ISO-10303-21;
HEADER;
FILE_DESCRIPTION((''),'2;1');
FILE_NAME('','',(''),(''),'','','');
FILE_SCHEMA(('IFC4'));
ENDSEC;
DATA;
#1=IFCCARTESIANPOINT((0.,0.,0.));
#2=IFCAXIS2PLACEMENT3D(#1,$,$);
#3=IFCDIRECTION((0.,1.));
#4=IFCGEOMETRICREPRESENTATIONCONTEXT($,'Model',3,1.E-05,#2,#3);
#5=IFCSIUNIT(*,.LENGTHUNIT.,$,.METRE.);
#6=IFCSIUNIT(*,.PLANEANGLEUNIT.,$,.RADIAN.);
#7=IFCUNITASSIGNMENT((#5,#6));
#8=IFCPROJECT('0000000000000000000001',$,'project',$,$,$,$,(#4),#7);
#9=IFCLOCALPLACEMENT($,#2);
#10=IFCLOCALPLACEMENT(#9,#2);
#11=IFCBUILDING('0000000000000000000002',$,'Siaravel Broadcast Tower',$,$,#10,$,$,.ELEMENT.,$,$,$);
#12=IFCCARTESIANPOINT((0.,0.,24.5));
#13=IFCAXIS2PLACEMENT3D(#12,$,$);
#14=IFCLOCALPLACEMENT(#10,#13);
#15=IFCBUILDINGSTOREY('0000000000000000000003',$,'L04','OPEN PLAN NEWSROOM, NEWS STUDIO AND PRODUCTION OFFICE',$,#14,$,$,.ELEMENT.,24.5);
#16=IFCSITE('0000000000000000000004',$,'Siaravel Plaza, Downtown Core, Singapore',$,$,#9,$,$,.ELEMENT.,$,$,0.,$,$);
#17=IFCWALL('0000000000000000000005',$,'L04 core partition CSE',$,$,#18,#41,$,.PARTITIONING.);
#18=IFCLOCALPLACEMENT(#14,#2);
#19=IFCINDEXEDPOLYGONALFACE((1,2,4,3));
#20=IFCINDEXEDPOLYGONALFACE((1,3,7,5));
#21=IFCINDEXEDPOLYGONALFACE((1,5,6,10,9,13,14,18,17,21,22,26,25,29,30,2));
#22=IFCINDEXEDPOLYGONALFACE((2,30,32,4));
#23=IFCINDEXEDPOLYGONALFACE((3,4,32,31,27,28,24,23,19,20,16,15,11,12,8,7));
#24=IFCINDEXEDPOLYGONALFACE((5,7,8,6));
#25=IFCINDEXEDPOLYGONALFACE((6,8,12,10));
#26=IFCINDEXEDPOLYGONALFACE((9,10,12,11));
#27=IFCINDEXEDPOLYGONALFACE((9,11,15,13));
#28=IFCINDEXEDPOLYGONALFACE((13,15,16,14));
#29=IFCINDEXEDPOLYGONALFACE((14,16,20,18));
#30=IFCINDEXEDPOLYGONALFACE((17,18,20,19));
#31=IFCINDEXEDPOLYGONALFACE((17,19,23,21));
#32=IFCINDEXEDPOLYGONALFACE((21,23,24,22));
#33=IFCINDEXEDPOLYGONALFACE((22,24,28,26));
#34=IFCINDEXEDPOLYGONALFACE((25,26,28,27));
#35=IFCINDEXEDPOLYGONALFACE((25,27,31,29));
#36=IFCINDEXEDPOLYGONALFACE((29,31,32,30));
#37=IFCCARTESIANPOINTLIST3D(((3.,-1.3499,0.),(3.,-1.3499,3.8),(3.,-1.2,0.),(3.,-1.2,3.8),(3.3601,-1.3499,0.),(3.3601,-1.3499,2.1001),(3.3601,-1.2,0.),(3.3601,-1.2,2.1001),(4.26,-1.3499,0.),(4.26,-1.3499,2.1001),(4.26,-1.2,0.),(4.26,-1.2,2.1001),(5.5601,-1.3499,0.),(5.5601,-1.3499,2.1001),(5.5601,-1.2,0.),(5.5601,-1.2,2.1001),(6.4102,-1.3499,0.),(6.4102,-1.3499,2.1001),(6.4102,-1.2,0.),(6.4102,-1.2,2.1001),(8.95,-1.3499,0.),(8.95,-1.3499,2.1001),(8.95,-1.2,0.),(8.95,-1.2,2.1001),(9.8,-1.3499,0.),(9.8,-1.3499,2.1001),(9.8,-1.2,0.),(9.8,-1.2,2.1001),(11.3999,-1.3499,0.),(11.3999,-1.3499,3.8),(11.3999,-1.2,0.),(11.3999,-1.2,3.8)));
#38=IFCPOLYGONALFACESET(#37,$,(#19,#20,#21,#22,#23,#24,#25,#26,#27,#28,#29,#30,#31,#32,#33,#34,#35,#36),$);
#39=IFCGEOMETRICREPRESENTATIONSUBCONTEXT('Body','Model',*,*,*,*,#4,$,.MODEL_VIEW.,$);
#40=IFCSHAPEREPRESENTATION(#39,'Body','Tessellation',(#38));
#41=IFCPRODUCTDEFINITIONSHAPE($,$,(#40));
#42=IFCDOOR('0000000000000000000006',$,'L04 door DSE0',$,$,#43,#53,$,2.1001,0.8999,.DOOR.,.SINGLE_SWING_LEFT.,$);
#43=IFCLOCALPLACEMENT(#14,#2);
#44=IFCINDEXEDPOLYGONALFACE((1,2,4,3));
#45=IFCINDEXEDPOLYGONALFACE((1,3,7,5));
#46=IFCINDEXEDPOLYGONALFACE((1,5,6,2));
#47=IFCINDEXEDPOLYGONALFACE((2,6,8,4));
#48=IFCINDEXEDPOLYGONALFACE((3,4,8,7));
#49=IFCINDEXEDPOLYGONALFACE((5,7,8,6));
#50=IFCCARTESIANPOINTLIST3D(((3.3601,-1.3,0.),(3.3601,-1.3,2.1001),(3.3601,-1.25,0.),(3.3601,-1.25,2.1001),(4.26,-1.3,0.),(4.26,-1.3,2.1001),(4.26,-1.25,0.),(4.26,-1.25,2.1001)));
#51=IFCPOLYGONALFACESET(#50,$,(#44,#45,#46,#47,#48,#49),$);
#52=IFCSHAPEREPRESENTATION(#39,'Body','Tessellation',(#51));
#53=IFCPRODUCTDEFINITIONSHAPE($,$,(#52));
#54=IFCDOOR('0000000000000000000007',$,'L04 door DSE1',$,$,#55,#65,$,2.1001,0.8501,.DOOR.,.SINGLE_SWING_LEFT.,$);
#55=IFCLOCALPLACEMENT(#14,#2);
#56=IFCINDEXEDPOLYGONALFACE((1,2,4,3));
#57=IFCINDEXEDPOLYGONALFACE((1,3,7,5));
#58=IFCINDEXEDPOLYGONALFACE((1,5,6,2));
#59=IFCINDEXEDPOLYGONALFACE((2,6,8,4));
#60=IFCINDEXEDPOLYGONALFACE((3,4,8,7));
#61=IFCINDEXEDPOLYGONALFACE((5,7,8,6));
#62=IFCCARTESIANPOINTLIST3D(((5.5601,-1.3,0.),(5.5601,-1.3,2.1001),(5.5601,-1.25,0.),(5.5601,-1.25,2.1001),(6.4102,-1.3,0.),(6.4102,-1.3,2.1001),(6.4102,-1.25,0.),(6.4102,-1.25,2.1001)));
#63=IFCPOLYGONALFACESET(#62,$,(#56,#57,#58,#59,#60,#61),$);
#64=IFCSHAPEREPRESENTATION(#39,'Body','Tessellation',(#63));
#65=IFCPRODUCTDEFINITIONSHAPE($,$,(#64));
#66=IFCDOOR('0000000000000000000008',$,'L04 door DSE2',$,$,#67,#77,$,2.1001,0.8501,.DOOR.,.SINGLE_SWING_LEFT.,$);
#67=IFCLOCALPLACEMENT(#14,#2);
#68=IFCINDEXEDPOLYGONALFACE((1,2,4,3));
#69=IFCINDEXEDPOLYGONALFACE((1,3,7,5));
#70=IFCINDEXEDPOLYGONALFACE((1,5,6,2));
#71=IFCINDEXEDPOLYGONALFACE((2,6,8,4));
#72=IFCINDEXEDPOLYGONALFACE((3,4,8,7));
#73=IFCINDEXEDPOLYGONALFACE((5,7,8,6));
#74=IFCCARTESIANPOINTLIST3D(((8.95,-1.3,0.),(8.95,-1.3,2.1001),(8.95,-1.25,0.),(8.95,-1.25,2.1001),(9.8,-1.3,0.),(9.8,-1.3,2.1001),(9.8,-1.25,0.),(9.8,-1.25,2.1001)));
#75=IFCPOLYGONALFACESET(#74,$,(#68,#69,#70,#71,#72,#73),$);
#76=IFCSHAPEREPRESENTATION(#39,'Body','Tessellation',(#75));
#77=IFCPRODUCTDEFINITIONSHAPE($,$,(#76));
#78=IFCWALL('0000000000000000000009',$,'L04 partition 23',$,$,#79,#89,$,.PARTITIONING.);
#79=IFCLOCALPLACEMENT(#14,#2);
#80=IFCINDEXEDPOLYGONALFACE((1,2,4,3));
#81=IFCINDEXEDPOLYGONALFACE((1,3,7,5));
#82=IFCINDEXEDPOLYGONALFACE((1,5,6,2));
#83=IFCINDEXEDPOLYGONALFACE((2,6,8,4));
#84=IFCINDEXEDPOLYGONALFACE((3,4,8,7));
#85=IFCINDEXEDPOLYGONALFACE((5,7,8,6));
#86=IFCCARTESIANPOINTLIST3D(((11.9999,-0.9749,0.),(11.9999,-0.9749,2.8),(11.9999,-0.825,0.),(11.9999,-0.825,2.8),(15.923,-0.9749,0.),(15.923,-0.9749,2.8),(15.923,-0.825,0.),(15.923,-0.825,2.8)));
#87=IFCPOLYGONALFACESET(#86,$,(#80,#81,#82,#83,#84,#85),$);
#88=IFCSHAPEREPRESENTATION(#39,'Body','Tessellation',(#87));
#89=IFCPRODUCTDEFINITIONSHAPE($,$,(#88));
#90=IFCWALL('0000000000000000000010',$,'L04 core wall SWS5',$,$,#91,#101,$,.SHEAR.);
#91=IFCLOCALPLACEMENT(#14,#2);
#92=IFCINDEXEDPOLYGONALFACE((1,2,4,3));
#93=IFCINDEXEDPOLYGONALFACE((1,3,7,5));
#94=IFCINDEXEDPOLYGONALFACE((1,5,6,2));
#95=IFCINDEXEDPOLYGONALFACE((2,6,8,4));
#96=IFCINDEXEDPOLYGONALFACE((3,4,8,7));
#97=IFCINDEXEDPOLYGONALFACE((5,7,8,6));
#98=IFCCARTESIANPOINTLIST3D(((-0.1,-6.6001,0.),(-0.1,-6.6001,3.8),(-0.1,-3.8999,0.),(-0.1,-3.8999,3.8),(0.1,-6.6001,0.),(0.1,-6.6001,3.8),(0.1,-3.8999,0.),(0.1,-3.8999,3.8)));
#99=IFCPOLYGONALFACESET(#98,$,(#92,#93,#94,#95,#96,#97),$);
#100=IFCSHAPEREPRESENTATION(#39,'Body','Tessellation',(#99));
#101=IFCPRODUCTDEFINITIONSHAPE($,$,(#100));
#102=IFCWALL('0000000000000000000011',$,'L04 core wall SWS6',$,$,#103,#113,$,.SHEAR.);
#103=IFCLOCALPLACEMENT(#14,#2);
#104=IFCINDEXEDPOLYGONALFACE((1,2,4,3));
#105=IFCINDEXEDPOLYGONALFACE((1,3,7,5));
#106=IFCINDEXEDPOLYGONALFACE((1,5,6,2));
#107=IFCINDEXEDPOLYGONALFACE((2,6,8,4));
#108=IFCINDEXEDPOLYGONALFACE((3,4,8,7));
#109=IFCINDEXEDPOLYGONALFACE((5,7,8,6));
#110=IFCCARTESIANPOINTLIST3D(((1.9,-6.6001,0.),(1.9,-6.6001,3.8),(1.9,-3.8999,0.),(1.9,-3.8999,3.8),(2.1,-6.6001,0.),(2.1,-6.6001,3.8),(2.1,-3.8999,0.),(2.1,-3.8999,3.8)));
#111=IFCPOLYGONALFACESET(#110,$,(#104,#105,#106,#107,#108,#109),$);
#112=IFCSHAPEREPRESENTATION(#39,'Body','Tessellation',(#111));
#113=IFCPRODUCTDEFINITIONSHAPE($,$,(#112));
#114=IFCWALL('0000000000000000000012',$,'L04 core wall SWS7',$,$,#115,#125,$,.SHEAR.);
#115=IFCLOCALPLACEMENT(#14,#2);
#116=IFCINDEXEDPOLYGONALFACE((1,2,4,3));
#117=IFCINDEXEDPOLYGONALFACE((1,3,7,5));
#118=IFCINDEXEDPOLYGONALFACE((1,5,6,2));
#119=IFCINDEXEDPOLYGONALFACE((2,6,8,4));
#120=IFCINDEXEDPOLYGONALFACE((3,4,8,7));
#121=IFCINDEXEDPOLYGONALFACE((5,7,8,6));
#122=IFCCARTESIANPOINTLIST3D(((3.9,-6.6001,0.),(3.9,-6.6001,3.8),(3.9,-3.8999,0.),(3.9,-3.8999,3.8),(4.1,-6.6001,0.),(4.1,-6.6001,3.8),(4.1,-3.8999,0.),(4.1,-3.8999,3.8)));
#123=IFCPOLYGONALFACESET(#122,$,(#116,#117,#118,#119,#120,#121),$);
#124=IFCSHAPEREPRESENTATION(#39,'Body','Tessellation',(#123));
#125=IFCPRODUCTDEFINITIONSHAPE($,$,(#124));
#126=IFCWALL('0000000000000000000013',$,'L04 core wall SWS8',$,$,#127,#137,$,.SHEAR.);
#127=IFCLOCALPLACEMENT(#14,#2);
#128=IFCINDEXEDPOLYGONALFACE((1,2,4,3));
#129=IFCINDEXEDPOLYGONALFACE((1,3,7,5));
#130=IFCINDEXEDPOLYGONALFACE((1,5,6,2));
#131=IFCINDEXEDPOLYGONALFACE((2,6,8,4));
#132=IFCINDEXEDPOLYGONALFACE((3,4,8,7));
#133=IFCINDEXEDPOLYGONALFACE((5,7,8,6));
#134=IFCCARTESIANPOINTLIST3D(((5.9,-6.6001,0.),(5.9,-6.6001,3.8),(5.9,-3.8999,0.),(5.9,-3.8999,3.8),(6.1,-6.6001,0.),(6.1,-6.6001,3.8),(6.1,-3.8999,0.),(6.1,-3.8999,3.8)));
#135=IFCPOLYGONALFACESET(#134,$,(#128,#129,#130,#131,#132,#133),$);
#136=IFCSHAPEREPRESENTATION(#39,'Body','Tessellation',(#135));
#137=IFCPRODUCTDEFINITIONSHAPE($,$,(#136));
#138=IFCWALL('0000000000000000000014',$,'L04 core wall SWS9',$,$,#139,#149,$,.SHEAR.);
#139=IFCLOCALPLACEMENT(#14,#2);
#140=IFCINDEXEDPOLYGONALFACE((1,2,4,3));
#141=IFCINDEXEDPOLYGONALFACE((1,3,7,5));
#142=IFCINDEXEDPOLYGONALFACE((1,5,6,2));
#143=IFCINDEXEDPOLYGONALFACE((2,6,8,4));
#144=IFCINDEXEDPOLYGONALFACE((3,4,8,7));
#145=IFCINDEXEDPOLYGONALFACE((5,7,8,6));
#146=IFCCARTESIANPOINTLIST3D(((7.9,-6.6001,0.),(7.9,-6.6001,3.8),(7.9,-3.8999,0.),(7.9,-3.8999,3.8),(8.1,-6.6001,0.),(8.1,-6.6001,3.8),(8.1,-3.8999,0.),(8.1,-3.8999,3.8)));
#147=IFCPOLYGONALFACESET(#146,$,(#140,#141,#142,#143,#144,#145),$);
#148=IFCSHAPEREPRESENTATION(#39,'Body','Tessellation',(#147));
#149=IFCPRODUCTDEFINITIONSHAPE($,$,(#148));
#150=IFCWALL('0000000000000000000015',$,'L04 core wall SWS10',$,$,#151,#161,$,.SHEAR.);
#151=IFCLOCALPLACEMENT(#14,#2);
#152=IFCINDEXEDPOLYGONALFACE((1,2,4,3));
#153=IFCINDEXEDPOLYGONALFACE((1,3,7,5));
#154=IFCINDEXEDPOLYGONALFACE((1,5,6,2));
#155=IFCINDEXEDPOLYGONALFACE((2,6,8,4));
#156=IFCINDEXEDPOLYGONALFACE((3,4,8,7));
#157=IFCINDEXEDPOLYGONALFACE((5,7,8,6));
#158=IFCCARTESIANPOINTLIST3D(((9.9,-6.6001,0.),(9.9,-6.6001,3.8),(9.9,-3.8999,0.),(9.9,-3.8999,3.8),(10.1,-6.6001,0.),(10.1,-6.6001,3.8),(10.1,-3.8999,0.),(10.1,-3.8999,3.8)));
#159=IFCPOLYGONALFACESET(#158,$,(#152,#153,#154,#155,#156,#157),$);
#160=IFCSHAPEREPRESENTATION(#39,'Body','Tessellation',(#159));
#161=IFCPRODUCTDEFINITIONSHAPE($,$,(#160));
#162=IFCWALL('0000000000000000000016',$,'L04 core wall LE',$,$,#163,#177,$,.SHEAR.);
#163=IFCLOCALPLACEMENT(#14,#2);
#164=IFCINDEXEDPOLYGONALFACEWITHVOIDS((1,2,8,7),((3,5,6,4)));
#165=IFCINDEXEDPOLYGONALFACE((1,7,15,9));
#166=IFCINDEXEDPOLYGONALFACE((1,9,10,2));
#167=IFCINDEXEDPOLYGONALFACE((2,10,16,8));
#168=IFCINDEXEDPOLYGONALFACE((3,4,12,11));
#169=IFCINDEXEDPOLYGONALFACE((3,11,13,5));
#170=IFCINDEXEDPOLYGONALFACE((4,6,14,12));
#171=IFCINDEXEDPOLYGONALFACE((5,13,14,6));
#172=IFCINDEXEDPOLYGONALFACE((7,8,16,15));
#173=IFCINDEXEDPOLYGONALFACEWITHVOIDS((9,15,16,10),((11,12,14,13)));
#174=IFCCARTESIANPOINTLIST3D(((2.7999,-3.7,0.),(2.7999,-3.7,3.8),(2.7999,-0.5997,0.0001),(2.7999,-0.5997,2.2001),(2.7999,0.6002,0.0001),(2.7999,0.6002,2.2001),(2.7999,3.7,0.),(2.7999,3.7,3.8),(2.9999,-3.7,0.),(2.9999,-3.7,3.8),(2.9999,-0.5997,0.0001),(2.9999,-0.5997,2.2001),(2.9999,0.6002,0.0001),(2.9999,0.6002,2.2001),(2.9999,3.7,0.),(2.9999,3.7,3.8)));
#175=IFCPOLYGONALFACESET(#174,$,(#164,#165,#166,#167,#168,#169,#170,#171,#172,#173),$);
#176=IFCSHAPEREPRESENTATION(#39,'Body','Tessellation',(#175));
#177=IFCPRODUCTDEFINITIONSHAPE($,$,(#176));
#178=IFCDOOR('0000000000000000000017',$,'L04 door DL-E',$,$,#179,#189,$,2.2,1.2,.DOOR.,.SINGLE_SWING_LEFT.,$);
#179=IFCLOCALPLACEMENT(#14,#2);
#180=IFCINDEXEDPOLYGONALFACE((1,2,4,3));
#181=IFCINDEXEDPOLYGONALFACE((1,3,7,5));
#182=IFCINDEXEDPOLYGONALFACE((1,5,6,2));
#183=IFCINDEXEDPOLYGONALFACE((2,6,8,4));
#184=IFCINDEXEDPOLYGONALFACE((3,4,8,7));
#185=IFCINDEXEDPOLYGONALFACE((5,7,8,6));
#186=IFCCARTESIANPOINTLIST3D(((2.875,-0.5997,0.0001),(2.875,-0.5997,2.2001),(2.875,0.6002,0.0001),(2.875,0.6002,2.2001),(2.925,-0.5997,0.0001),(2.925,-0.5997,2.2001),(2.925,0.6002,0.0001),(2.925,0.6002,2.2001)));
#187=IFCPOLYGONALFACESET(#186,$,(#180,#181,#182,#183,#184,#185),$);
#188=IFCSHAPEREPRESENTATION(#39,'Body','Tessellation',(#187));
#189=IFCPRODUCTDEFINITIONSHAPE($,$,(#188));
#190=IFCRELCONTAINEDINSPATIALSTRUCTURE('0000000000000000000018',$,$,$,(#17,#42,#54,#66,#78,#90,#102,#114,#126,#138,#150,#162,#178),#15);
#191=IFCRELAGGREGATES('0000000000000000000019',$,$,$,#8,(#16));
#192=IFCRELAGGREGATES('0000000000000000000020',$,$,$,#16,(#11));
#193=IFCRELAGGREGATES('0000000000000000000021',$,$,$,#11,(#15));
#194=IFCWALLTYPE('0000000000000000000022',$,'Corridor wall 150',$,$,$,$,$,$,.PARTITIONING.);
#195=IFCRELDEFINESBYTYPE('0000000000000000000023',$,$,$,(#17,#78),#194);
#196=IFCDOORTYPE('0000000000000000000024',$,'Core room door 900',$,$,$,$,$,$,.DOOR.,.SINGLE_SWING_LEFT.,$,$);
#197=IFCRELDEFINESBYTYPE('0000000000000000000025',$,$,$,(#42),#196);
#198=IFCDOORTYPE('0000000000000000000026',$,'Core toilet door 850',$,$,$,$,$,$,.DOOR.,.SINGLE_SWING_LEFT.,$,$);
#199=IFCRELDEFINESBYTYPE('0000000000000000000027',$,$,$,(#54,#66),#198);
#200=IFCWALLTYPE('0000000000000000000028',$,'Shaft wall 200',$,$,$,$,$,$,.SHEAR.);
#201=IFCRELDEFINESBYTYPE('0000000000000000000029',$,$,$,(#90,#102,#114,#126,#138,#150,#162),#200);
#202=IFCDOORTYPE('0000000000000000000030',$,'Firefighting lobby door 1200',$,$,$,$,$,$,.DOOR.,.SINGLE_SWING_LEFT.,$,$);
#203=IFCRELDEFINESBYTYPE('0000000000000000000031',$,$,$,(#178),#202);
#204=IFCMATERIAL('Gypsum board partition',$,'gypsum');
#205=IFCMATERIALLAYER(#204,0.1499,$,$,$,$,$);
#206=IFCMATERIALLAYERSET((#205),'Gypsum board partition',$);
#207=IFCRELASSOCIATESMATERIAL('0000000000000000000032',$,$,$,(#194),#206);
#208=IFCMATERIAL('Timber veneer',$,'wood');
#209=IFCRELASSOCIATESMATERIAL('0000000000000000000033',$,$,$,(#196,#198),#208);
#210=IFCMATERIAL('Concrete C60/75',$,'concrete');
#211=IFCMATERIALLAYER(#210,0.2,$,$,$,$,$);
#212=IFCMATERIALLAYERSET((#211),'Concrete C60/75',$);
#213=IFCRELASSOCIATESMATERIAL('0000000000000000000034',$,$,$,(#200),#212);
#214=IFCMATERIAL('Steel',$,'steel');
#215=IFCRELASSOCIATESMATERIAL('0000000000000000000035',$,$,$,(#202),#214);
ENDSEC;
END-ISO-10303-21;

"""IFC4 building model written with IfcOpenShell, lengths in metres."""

from ifc_helpers import new_model, si_unit, direction, frame, frame_2d, origin, place, context, subcontext, project, spatial, rectangle, extrude, material, layer, layer_set, type_object, element, fill, save


model = new_model("IFC4")

# Units and contexts
model_context = context("Model", 3, precision=1e-05, world=origin(), true_north=direction((0.0, 1.0)))
body_context = subcontext(model_context, "Body", "Model", "MODEL_VIEW")
ifc_project = project(units=[si_unit("LENGTHUNIT", "METRE"), si_unit("PLANEANGLEUNIT", "RADIAN")], contexts=[model_context])

# Site, building, storey
site_placement = place(None, origin())
site = spatial("IfcSite", under=ifc_project, at=site_placement, Name="Siaravel Plaza, Downtown Core, Singapore", CompositionType="ELEMENT", RefElevation=0.0)
building_placement = place(site_placement, origin())
building = spatial("IfcBuilding", under=site, at=building_placement, Name="Siaravel Broadcast Tower", CompositionType="ELEMENT")
storey_placement = place(building_placement, frame((0.0, 0.0, 24.5)))
storey = spatial("IfcBuildingStorey", under=building, at=storey_placement, Name="L04", Description="OPEN PLAN NEWSROOM, NEWS STUDIO AND PRODUCTION OFFICE", CompositionType="ELEMENT", Elevation=24.5)

# Shared definitions
ifc_material_1 = material(Name="Concrete C60/75", Category="concrete")
ifc_material_2 = material(Name="Steel", Category="steel")

# Wall, openings, doors
ifc_material_3 = material(Name="Gypsum board partition", Category="gypsum")
ifc_layer_1 = layer(ifc_material_3, 0.1499)
ifc_layer_set_1 = layer_set([ifc_layer_1], Name="Gypsum board partition")
wall_type_1 = type_object("IfcWallType", Name="Corridor wall 150", PredefinedType="PARTITIONING", material=ifc_layer_set_1)
wall_1_placement = place(storey_placement, frame((3.0, -1.2749, 0.0), z_axis=(0.0, 0.0, 1.0), x_axis=(1.0, 0.0, 0.0)))
wall_1 = element("IfcWall", 1, at=wall_1_placement, inside=storey, type_object=wall_type_1, Name="L04 core partition CSE", PredefinedType="PARTITIONING", context=body_context, shape_type="SweptSolid", body=[
    extrude(rectangle(XDim=8.3999, YDim=0.1499, at=frame_2d((4.2, 0.0))), origin(), (0.0, 0.0, 1.0), 3.8),
])
opening_1_placement = place(wall_1_placement, frame((0.3601, 0.0, 0.0)))
opening_1 = element("IfcOpeningElement", 2, at=opening_1_placement, cuts=wall_1, PredefinedType="OPENING", context=body_context, shape_type="SweptSolid", body=[
    extrude(rectangle(XDim=0.8999, YDim=2.1001, at=frame_2d((0.45, 1.05))), frame((0.0, 0.085, 0.0), z_axis=(0.0, -1.0, 0.0), x_axis=(1.0, 0.0, 0.0)), (0.0, 0.0, 1.0), 0.1699),
])
opening_2_placement = place(wall_1_placement, frame((2.5601, 0.0, 0.0)))
opening_2 = element("IfcOpeningElement", 3, at=opening_2_placement, cuts=wall_1, PredefinedType="OPENING", context=body_context, shape_type="SweptSolid", body=[
    extrude(rectangle(XDim=0.8501, YDim=2.1001, at=frame_2d((0.425, 1.05))), frame((0.0, 0.085, 0.0), z_axis=(0.0, -1.0, 0.0), x_axis=(1.0, 0.0, 0.0)), (0.0, 0.0, 1.0), 0.1699),
])
opening_3_placement = place(wall_1_placement, frame((5.95, 0.0, 0.0)))
opening_3 = element("IfcOpeningElement", 4, at=opening_3_placement, cuts=wall_1, PredefinedType="OPENING", context=body_context, shape_type="SweptSolid", body=[
    extrude(rectangle(XDim=0.8501, YDim=2.1001, at=frame_2d((0.425, 1.05))), frame((0.0, 0.085, 0.0), z_axis=(0.0, -1.0, 0.0), x_axis=(1.0, 0.0, 0.0)), (0.0, 0.0, 1.0), 0.1699),
])
ifc_material_4 = material(Name="Timber veneer", Category="wood")
door_type_1 = type_object("IfcDoorType", Name="Core room door 900", OperationType="SINGLE_SWING_LEFT", PredefinedType="DOOR", material=ifc_material_4)
door_1_placement = place(opening_1_placement, origin())
door_1 = element("IfcDoor", 5, at=door_1_placement, inside=storey, type_object=door_type_1, Name="L04 door DSE0", OperationType="SINGLE_SWING_LEFT", OverallHeight=2.1001, OverallWidth=0.8999, PredefinedType="DOOR", context=body_context, shape_type="SweptSolid", body=[
    extrude(rectangle(XDim=0.8999, YDim=2.1001, at=frame_2d((0.45, 1.05))), frame((0.0, 0.0249, 0.0), z_axis=(0.0, -1.0, 0.0), x_axis=(1.0, 0.0, 0.0)), (0.0, 0.0, 1.0), 0.05),
])
fill(opening_1, door_1)
door_type_2 = type_object("IfcDoorType", Name="Core toilet door 850", OperationType="SINGLE_SWING_LEFT", PredefinedType="DOOR", material=ifc_material_4)
door_2_placement = place(opening_2_placement, origin())
door_2 = element("IfcDoor", 6, at=door_2_placement, inside=storey, type_object=door_type_2, Name="L04 door DSE1", OperationType="SINGLE_SWING_LEFT", OverallHeight=2.1001, OverallWidth=0.8501, PredefinedType="DOOR", context=body_context, shape_type="SweptSolid", body=[
    extrude(rectangle(XDim=0.8501, YDim=2.1001, at=frame_2d((0.425, 1.05))), frame((0.0, 0.0249, 0.0), z_axis=(0.0, -1.0, 0.0), x_axis=(1.0, 0.0, 0.0)), (0.0, 0.0, 1.0), 0.05),
])
fill(opening_2, door_2)
door_3_placement = place(opening_3_placement, origin())
door_3 = element("IfcDoor", 7, at=door_3_placement, inside=storey, type_object=door_type_2, Name="L04 door DSE2", OperationType="SINGLE_SWING_LEFT", OverallHeight=2.1001, OverallWidth=0.8501, PredefinedType="DOOR", context=body_context, shape_type="SweptSolid", body=[
    extrude(rectangle(XDim=0.8501, YDim=2.1001, at=frame_2d((0.425, 1.05))), frame((0.0, 0.0249, 0.0), z_axis=(0.0, -1.0, 0.0), x_axis=(1.0, 0.0, 0.0)), (0.0, 0.0, 1.0), 0.05),
])
fill(opening_3, door_3)

# Walls
wall_2_placement = place(storey_placement, frame((12.0, -0.8999, 0.0), z_axis=(0.0, 0.0, 1.0), x_axis=(1.0, 0.0, 0.0)))
element("IfcWall", 8, at=wall_2_placement, inside=storey, type_object=wall_type_1, Name="L04 partition 23", PredefinedType="PARTITIONING", context=body_context, shape_type="SweptSolid", body=[
    extrude(rectangle(XDim=3.9231, YDim=0.1499, at=frame_2d((1.9614, 0.0))), origin(), (0.0, 0.0, 1.0), 2.8),
])
ifc_layer_2 = layer(ifc_material_1, 0.2)
ifc_layer_set_2 = layer_set([ifc_layer_2], Name="Concrete C60/75")
wall_type_2 = type_object("IfcWallType", Name="Shaft wall 200", PredefinedType="SHEAR", material=ifc_layer_set_2)
for number, where, z_axis, x_axis, name in (
    (9, (0.0, -6.6001, 0.0), (0.0, 0.0, 1.0), (0.0, 1.0, 0.0), "L04 core wall SWS5"),
    (10, (2.0, -6.6001, 0.0), (0.0, 0.0, 1.0), (0.0, 1.0, 0.0), "L04 core wall SWS6"),
    (11, (4.0, -6.6001, 0.0), (0.0, 0.0, 1.0), (0.0, 1.0, 0.0), "L04 core wall SWS7"),
    (12, (6.0, -6.6001, 0.0), (0.0, 0.0, 1.0), (0.0, 1.0, 0.0), "L04 core wall SWS8"),
    (13, (8.0, -6.6001, 0.0), (0.0, 0.0, 1.0), (0.0, 1.0, 0.0), "L04 core wall SWS9"),
    (14, (10.0, -6.6001, 0.0), (0.0, 0.0, 1.0), (0.0, 1.0, 0.0), "L04 core wall SWS10"),
):
    element("IfcWall", number, at=place(storey_placement, frame(where, z_axis=z_axis, x_axis=x_axis)), inside=storey, type_object=wall_type_2, Name=name, PredefinedType="SHEAR", context=body_context, shape_type="SweptSolid", body=[
        extrude(rectangle(XDim=2.7002, YDim=0.2, at=frame_2d((1.3501, 0.0))), origin(), (0.0, 0.0, 1.0), 3.8),
    ])

# Wall, opening, door
wall_3_placement = place(storey_placement, frame((2.8999, -3.7, 0.0), z_axis=(0.0, 0.0, 1.0), x_axis=(0.0, 1.0, 0.0)))
wall_3 = element("IfcWall", 15, at=wall_3_placement, inside=storey, type_object=wall_type_2, Name="L04 core wall LE", PredefinedType="SHEAR", context=body_context, shape_type="SweptSolid", body=[
    extrude(rectangle(XDim=7.3999, YDim=0.2, at=frame_2d((3.7, 0.0))), origin(), (0.0, 0.0, 1.0), 3.8),
])
opening_4_placement = place(wall_3_placement, frame((3.1001, 0.0, 0.0)))
opening_4 = element("IfcOpeningElement", 16, at=opening_4_placement, cuts=wall_3, PredefinedType="OPENING", context=body_context, shape_type="SweptSolid", body=[
    extrude(rectangle(XDim=1.2, YDim=2.2, at=frame_2d((0.6001, 1.1001))), frame((0.0, 0.1099, 0.0), z_axis=(0.0, -1.0, 0.0), x_axis=(1.0, 0.0, 0.0)), (0.0, 0.0, 1.0), 0.22),
])
door_type_3 = type_object("IfcDoorType", Name="Firefighting lobby door 1200", OperationType="SINGLE_SWING_LEFT", PredefinedType="DOOR", material=ifc_material_2)
door_4_placement = place(opening_4_placement, origin())
door_4 = element("IfcDoor", 17, at=door_4_placement, inside=storey, type_object=door_type_3, Name="L04 door DL-E", OperationType="SINGLE_SWING_LEFT", OverallHeight=2.2, OverallWidth=1.2, PredefinedType="DOOR", context=body_context, shape_type="SweptSolid", body=[
    extrude(rectangle(XDim=1.2, YDim=2.2, at=frame_2d((0.6001, 1.1001))), frame((0.0, 0.0249, 0.0), z_axis=(0.0, -1.0, 0.0), x_axis=(1.0, 0.0, 0.0)), (0.0, 0.0, 1.0), 0.05),
])
fill(opening_4, door_4)

save(model, "model.ifc")
